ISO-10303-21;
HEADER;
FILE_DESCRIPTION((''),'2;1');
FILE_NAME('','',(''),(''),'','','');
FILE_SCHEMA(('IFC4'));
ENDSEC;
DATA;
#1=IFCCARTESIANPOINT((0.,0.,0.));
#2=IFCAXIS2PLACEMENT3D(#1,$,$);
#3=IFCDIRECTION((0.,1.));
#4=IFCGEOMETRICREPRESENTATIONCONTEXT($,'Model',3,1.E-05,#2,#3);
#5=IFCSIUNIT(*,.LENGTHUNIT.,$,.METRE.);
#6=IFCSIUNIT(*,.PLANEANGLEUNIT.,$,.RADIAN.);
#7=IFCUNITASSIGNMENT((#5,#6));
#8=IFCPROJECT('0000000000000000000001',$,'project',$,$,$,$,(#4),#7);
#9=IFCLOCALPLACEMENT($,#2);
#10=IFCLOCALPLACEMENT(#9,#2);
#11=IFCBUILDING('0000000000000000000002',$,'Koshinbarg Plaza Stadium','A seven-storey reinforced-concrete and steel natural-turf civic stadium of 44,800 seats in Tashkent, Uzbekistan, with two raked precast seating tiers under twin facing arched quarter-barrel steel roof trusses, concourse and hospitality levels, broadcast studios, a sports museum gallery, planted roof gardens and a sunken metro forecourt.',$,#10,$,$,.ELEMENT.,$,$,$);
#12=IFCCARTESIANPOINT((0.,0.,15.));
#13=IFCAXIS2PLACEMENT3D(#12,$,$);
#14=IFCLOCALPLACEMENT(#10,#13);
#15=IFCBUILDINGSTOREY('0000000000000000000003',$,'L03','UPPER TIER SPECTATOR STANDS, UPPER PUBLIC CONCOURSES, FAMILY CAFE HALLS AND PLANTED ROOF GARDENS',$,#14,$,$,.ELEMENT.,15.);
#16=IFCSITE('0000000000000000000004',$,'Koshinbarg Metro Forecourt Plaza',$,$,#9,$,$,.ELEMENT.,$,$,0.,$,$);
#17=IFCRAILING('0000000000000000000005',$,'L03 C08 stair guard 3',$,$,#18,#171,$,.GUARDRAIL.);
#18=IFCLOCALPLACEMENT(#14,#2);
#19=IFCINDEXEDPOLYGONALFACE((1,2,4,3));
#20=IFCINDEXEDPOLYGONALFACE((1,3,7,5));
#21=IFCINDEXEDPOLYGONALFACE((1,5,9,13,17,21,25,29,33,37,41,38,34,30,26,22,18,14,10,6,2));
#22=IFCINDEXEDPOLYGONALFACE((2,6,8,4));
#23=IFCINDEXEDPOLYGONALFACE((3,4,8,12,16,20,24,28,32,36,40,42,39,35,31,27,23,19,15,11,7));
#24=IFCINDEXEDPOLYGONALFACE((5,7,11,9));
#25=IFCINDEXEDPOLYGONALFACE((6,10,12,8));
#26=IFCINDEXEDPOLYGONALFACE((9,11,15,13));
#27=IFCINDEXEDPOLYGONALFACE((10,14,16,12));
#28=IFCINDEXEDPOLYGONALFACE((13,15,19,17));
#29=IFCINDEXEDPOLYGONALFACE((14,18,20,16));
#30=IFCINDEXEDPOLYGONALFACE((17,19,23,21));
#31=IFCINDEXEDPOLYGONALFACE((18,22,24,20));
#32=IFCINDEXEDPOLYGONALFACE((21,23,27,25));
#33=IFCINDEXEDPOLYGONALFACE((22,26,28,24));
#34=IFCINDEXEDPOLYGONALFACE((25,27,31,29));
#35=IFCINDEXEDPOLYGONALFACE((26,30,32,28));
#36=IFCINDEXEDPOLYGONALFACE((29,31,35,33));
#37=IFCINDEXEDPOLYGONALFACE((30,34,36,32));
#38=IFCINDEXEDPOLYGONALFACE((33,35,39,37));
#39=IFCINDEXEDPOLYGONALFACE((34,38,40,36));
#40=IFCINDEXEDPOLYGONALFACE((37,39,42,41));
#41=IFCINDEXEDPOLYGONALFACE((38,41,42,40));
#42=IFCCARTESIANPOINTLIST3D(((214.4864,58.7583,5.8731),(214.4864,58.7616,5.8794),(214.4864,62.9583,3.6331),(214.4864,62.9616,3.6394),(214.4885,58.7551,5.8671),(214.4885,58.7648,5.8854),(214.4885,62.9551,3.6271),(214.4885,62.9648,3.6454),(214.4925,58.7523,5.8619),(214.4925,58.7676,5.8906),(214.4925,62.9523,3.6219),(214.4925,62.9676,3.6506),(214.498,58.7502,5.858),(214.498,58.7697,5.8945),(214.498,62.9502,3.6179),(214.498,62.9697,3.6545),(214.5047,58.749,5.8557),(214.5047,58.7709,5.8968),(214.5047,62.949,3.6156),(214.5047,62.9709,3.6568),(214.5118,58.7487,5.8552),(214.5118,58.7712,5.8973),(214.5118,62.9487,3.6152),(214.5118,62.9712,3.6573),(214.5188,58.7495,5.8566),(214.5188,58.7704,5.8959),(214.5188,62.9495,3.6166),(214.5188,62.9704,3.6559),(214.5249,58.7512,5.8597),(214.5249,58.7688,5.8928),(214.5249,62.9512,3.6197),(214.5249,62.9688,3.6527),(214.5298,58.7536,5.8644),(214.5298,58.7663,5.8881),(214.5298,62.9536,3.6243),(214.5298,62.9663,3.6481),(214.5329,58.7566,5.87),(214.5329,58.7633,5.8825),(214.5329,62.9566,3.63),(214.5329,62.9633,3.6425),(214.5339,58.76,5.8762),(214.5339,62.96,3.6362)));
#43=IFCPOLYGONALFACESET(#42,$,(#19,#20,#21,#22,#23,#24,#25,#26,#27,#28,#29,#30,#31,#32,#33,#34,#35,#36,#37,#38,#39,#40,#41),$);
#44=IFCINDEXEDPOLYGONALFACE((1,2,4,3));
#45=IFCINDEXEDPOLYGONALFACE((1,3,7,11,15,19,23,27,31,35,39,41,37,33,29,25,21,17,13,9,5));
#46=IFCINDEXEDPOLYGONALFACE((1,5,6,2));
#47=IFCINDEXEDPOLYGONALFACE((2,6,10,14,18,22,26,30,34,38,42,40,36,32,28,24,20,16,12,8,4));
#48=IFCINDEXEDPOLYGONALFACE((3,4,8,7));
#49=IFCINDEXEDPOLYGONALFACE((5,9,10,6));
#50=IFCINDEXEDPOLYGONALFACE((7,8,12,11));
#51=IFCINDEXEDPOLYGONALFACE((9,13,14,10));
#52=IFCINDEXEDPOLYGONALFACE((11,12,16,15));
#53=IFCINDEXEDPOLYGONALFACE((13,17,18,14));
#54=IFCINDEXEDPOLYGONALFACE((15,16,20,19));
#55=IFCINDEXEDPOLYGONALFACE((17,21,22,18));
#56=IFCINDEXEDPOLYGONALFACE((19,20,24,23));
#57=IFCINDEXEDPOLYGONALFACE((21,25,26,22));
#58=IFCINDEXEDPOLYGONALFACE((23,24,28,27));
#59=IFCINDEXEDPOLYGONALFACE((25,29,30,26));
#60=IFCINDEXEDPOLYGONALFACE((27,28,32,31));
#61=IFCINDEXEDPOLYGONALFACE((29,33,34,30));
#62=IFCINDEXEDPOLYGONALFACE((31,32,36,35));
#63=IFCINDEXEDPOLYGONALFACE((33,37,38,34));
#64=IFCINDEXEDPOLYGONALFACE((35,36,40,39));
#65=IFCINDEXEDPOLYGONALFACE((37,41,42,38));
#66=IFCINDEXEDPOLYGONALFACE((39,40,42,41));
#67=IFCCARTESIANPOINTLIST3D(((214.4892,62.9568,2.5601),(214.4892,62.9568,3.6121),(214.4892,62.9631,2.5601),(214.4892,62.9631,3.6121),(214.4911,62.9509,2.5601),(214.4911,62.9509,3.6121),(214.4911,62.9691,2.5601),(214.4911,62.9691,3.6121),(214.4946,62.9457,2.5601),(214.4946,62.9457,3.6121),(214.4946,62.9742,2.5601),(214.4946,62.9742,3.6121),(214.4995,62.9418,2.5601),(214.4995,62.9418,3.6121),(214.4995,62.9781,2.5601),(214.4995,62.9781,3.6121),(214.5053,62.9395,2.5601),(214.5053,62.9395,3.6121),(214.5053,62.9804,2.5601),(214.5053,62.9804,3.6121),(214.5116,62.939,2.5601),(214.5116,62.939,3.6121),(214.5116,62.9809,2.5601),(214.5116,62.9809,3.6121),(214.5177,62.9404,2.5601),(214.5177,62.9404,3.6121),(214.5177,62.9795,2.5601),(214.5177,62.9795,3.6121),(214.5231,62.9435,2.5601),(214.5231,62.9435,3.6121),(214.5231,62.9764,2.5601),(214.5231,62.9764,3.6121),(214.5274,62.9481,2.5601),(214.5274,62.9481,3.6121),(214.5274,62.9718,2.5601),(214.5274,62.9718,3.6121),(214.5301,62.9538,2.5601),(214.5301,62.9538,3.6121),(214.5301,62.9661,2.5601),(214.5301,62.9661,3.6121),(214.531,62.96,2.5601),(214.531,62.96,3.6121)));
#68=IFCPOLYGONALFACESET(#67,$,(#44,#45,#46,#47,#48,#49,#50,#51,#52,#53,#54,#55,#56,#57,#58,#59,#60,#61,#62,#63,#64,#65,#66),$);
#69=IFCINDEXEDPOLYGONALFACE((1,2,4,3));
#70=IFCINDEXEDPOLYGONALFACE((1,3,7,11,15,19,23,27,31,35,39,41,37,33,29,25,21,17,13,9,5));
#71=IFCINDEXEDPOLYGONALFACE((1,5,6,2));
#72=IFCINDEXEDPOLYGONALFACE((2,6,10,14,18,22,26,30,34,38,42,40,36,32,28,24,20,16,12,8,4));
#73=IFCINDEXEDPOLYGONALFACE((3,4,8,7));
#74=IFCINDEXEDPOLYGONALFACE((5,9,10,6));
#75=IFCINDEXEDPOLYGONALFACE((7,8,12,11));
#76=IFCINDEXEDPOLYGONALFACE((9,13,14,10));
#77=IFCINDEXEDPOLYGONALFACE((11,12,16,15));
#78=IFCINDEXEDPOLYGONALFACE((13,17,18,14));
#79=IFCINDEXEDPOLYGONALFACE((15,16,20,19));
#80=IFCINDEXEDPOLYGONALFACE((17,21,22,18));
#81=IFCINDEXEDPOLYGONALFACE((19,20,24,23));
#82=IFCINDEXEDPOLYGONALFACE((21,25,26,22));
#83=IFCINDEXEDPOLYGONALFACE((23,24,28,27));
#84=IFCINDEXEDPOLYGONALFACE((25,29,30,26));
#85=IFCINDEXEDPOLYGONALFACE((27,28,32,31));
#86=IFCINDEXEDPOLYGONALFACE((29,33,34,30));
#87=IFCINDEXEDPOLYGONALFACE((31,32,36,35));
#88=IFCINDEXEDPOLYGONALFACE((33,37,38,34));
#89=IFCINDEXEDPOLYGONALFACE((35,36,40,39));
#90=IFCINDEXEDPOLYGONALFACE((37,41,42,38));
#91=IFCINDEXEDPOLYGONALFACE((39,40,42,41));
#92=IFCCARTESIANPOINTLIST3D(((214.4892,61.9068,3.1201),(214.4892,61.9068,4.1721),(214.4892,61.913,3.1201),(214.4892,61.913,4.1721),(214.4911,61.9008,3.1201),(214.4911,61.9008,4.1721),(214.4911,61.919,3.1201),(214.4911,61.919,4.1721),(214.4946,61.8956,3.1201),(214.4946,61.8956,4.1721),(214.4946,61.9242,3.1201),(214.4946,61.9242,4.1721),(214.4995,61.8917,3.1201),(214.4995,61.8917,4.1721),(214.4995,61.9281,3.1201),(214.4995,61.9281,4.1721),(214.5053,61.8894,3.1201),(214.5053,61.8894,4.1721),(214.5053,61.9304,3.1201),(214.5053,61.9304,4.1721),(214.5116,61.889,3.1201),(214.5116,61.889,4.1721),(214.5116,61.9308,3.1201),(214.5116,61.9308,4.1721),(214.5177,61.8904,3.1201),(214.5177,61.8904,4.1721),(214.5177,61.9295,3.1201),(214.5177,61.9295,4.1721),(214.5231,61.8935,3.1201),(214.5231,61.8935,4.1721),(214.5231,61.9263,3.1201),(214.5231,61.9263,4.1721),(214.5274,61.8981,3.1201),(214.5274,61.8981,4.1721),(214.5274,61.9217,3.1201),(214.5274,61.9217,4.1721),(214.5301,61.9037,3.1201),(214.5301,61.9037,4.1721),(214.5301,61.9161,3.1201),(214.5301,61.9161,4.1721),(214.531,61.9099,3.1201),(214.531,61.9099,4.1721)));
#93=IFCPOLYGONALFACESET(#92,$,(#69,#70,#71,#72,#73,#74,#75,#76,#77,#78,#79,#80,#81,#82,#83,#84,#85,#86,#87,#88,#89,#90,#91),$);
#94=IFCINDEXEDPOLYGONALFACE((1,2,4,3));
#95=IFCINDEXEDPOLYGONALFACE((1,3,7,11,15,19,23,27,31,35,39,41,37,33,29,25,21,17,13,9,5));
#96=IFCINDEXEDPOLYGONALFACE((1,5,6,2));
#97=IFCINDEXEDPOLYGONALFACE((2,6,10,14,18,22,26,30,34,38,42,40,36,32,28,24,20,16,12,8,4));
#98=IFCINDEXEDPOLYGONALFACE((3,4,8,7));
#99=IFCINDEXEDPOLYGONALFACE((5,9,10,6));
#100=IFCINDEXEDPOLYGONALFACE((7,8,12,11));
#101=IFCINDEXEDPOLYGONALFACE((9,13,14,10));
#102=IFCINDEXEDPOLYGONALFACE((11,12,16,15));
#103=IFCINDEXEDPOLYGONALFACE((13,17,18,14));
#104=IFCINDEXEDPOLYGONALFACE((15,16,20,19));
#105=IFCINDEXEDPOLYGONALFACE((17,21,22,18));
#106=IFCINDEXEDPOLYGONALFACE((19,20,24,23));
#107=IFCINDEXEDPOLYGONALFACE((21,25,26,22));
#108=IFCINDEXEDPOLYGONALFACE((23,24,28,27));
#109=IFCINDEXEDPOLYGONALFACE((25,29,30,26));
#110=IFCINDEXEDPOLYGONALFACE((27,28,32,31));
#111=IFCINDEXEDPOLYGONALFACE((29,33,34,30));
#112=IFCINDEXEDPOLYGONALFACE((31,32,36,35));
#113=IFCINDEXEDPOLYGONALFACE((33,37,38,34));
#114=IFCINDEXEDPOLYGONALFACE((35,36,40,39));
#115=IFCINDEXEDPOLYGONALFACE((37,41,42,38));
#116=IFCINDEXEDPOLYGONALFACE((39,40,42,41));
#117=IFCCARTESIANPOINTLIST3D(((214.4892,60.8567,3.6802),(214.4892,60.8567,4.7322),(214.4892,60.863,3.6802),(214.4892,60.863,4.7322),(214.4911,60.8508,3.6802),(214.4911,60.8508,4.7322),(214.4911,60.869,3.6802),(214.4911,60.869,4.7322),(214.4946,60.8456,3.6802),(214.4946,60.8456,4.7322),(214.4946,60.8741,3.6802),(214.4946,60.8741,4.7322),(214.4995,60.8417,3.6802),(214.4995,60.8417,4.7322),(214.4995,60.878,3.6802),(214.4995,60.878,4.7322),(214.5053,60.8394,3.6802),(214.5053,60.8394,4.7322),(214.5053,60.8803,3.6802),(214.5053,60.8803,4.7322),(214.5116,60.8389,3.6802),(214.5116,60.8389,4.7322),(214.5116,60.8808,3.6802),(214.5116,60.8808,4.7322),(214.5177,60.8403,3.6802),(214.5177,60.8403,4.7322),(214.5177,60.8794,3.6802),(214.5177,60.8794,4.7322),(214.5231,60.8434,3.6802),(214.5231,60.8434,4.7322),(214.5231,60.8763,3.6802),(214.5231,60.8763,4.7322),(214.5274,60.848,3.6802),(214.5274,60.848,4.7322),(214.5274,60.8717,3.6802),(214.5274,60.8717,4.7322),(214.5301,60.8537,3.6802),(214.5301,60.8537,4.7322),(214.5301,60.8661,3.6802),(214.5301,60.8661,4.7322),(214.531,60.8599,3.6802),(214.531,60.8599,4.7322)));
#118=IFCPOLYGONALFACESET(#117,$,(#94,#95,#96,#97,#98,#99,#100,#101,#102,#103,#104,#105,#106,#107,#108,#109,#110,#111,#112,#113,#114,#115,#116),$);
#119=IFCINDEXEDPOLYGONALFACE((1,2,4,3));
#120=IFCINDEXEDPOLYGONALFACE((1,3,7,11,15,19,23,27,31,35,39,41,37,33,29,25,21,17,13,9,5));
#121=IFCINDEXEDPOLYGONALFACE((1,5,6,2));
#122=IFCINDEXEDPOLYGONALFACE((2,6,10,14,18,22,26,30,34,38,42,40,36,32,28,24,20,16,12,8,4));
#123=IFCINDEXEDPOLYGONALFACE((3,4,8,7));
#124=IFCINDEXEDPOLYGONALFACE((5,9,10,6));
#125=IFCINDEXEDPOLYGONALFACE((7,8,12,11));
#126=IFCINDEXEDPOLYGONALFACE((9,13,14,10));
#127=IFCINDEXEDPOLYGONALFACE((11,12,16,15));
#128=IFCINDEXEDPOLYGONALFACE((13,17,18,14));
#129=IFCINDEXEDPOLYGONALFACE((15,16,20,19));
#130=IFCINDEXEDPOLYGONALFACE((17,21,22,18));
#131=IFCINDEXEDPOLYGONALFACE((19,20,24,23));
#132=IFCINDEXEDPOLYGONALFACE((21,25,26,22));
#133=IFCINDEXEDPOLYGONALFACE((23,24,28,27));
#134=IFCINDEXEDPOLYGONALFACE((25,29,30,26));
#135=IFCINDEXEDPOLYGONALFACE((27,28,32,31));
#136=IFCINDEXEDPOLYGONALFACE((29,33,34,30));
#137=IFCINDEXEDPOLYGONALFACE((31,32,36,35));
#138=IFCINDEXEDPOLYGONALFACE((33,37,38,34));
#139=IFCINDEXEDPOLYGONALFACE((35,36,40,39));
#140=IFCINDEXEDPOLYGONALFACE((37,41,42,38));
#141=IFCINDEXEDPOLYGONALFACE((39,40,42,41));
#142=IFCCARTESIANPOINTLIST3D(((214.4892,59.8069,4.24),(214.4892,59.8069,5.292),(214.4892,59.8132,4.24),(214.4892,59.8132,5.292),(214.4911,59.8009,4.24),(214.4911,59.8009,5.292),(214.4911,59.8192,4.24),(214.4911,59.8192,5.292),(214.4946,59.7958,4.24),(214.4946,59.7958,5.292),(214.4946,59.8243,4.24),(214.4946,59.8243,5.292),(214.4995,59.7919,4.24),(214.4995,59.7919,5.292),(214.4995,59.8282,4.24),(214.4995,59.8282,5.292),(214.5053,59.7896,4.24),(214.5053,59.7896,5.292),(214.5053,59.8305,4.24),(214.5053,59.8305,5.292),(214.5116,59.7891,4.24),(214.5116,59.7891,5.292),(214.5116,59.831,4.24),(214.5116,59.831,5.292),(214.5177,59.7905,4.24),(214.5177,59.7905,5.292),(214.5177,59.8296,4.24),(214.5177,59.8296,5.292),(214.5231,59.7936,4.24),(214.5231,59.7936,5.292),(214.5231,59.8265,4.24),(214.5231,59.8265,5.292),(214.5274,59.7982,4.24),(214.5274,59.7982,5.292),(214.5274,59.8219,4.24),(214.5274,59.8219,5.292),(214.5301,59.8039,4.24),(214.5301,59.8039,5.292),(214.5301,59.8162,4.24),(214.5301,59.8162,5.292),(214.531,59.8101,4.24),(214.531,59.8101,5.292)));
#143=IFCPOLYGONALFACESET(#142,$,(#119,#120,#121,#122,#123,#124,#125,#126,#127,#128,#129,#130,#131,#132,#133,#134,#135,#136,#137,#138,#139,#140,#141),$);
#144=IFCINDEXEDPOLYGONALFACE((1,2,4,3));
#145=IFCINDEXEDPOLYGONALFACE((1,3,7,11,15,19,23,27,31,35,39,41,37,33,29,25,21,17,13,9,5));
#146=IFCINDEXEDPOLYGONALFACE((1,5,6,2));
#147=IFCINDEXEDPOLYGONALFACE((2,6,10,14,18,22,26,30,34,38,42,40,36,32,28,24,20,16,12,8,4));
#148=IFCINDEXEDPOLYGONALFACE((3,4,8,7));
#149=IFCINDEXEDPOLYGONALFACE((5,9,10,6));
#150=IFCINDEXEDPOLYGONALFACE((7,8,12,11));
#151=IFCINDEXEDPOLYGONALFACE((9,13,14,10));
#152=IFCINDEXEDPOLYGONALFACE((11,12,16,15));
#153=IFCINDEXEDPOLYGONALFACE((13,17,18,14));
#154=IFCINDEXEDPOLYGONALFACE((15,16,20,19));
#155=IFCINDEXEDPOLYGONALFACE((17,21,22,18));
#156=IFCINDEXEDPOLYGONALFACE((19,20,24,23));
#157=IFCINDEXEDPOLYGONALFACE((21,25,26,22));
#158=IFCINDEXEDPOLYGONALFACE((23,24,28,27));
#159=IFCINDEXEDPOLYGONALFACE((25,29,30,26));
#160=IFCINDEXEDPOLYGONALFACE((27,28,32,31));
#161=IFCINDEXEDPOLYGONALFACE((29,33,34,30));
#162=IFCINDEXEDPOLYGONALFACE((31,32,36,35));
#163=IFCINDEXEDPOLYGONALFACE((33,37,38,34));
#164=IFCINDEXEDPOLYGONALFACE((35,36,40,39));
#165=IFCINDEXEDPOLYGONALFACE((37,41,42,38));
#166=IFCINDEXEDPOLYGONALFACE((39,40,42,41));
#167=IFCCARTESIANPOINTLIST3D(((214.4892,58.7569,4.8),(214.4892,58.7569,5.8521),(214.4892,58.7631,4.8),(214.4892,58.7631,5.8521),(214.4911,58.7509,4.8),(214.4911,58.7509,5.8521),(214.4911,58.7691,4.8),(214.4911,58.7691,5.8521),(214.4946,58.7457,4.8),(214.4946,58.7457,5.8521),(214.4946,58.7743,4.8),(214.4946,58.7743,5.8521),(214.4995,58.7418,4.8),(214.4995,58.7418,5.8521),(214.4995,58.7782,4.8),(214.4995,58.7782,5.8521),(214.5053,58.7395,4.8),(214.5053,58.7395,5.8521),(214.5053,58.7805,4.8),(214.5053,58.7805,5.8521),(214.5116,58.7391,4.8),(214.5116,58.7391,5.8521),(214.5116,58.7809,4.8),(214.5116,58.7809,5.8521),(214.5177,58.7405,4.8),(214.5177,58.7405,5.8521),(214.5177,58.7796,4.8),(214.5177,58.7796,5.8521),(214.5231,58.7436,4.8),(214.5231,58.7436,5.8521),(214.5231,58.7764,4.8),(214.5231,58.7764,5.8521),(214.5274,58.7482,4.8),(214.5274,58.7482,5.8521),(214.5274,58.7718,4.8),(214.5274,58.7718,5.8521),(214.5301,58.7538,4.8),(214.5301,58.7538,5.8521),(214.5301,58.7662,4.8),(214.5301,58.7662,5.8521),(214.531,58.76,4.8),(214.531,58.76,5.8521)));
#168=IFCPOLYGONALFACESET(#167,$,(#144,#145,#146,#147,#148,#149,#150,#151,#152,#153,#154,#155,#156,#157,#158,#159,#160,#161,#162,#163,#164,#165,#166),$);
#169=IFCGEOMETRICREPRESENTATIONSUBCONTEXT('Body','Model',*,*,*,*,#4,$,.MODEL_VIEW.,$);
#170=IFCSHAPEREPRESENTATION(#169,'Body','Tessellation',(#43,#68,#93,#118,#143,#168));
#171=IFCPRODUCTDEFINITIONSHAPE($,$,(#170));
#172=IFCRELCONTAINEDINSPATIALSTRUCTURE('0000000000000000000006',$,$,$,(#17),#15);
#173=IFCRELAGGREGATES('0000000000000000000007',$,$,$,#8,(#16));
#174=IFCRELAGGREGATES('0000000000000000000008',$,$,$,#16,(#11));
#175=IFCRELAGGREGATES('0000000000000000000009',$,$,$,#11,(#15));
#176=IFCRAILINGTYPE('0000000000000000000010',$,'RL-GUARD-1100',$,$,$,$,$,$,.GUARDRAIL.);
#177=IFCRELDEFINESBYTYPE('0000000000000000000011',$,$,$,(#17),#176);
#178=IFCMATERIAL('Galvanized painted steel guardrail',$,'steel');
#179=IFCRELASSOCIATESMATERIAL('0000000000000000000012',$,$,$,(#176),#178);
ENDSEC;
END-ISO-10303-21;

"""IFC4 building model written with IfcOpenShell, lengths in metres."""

from ifc_helpers import new_model, si_unit, direction, frame, origin, origin_2d, place, context, subcontext, project, spatial, circle, extrude, material, type_object, element, save


model = new_model("IFC4")

# Units and contexts
model_context = context("Model", 3, precision=1e-05, world=origin(), true_north=direction((0.0, 1.0)))
body_context = subcontext(model_context, "Body", "Model", "MODEL_VIEW")
ifc_project = project(units=[si_unit("LENGTHUNIT", "METRE"), si_unit("PLANEANGLEUNIT", "RADIAN")], contexts=[model_context])

# Site, building, storey
site_placement = place(None, origin())
site = spatial("IfcSite", under=ifc_project, at=site_placement, Name="Koshinbarg Metro Forecourt Plaza", CompositionType="ELEMENT", RefElevation=0.0)
building_placement = place(site_placement, origin())
building = spatial("IfcBuilding", under=site, at=building_placement, Name="Koshinbarg Plaza Stadium", Description="A seven-storey reinforced-concrete and steel natural-turf civic stadium of 44,800 seats in Tashkent, Uzbekistan, with two raked precast seating tiers under twin facing arched quarter-barrel steel roof trusses, concourse and hospitality levels, broadcast studios, a sports museum gallery, planted roof gardens and a sunken metro forecourt.", CompositionType="ELEMENT")
storey_placement = place(building_placement, frame((0.0, 0.0, 15.0)))
storey = spatial("IfcBuildingStorey", under=building, at=storey_placement, Name="L03", Description="UPPER TIER SPECTATOR STANDS, UPPER PUBLIC CONCOURSES, FAMILY CAFE HALLS AND PLANTED ROOF GARDENS", CompositionType="ELEMENT", Elevation=15.0)

# Railing
ifc_material_1 = material(Name="Galvanized painted steel guardrail", Category="steel")
railing_type_1 = type_object("IfcRailingType", Name="RL-GUARD-1100", PredefinedType="GUARDRAIL", material=ifc_material_1)
railing_1_placement = place(storey_placement, frame((214.51, 62.96, 2.5601)))
element("IfcRailing", 1, at=railing_1_placement, inside=storey, type_object=railing_type_1, Name="L03 C08 stair guard 3", PredefinedType="GUARDRAIL", context=body_context, shape_type="SweptSolid", body=[
    extrude(circle(Radius=0.0239, at=origin_2d()), frame((0.0, 0.0, 1.0762), z_axis=(0.0, -0.882352, 0.470591), x_axis=(1.0, 0.0, 0.0)), (0.0, 0.0, 1.0), 4.76),
    extrude(circle(Radius=0.021, at=origin_2d()), origin(), (0.0, 0.0, 1.0), 1.052),
    extrude(circle(Radius=0.021, at=origin_2d()), frame((0.0, -1.05, 0.5601)), (0.0, 0.0, 1.0), 1.052),
    extrude(circle(Radius=0.021, at=origin_2d()), frame((0.0, -2.1001, 1.1201)), (0.0, 0.0, 1.0), 1.052),
    extrude(circle(Radius=0.021, at=origin_2d()), frame((0.0, -3.1499, 1.6799)), (0.0, 0.0, 1.0), 1.052),
    extrude(circle(Radius=0.021, at=origin_2d()), frame((0.0, -4.2, 2.24)), (0.0, 0.0, 1.0), 1.052),
])

save(model, "model.ifc")
